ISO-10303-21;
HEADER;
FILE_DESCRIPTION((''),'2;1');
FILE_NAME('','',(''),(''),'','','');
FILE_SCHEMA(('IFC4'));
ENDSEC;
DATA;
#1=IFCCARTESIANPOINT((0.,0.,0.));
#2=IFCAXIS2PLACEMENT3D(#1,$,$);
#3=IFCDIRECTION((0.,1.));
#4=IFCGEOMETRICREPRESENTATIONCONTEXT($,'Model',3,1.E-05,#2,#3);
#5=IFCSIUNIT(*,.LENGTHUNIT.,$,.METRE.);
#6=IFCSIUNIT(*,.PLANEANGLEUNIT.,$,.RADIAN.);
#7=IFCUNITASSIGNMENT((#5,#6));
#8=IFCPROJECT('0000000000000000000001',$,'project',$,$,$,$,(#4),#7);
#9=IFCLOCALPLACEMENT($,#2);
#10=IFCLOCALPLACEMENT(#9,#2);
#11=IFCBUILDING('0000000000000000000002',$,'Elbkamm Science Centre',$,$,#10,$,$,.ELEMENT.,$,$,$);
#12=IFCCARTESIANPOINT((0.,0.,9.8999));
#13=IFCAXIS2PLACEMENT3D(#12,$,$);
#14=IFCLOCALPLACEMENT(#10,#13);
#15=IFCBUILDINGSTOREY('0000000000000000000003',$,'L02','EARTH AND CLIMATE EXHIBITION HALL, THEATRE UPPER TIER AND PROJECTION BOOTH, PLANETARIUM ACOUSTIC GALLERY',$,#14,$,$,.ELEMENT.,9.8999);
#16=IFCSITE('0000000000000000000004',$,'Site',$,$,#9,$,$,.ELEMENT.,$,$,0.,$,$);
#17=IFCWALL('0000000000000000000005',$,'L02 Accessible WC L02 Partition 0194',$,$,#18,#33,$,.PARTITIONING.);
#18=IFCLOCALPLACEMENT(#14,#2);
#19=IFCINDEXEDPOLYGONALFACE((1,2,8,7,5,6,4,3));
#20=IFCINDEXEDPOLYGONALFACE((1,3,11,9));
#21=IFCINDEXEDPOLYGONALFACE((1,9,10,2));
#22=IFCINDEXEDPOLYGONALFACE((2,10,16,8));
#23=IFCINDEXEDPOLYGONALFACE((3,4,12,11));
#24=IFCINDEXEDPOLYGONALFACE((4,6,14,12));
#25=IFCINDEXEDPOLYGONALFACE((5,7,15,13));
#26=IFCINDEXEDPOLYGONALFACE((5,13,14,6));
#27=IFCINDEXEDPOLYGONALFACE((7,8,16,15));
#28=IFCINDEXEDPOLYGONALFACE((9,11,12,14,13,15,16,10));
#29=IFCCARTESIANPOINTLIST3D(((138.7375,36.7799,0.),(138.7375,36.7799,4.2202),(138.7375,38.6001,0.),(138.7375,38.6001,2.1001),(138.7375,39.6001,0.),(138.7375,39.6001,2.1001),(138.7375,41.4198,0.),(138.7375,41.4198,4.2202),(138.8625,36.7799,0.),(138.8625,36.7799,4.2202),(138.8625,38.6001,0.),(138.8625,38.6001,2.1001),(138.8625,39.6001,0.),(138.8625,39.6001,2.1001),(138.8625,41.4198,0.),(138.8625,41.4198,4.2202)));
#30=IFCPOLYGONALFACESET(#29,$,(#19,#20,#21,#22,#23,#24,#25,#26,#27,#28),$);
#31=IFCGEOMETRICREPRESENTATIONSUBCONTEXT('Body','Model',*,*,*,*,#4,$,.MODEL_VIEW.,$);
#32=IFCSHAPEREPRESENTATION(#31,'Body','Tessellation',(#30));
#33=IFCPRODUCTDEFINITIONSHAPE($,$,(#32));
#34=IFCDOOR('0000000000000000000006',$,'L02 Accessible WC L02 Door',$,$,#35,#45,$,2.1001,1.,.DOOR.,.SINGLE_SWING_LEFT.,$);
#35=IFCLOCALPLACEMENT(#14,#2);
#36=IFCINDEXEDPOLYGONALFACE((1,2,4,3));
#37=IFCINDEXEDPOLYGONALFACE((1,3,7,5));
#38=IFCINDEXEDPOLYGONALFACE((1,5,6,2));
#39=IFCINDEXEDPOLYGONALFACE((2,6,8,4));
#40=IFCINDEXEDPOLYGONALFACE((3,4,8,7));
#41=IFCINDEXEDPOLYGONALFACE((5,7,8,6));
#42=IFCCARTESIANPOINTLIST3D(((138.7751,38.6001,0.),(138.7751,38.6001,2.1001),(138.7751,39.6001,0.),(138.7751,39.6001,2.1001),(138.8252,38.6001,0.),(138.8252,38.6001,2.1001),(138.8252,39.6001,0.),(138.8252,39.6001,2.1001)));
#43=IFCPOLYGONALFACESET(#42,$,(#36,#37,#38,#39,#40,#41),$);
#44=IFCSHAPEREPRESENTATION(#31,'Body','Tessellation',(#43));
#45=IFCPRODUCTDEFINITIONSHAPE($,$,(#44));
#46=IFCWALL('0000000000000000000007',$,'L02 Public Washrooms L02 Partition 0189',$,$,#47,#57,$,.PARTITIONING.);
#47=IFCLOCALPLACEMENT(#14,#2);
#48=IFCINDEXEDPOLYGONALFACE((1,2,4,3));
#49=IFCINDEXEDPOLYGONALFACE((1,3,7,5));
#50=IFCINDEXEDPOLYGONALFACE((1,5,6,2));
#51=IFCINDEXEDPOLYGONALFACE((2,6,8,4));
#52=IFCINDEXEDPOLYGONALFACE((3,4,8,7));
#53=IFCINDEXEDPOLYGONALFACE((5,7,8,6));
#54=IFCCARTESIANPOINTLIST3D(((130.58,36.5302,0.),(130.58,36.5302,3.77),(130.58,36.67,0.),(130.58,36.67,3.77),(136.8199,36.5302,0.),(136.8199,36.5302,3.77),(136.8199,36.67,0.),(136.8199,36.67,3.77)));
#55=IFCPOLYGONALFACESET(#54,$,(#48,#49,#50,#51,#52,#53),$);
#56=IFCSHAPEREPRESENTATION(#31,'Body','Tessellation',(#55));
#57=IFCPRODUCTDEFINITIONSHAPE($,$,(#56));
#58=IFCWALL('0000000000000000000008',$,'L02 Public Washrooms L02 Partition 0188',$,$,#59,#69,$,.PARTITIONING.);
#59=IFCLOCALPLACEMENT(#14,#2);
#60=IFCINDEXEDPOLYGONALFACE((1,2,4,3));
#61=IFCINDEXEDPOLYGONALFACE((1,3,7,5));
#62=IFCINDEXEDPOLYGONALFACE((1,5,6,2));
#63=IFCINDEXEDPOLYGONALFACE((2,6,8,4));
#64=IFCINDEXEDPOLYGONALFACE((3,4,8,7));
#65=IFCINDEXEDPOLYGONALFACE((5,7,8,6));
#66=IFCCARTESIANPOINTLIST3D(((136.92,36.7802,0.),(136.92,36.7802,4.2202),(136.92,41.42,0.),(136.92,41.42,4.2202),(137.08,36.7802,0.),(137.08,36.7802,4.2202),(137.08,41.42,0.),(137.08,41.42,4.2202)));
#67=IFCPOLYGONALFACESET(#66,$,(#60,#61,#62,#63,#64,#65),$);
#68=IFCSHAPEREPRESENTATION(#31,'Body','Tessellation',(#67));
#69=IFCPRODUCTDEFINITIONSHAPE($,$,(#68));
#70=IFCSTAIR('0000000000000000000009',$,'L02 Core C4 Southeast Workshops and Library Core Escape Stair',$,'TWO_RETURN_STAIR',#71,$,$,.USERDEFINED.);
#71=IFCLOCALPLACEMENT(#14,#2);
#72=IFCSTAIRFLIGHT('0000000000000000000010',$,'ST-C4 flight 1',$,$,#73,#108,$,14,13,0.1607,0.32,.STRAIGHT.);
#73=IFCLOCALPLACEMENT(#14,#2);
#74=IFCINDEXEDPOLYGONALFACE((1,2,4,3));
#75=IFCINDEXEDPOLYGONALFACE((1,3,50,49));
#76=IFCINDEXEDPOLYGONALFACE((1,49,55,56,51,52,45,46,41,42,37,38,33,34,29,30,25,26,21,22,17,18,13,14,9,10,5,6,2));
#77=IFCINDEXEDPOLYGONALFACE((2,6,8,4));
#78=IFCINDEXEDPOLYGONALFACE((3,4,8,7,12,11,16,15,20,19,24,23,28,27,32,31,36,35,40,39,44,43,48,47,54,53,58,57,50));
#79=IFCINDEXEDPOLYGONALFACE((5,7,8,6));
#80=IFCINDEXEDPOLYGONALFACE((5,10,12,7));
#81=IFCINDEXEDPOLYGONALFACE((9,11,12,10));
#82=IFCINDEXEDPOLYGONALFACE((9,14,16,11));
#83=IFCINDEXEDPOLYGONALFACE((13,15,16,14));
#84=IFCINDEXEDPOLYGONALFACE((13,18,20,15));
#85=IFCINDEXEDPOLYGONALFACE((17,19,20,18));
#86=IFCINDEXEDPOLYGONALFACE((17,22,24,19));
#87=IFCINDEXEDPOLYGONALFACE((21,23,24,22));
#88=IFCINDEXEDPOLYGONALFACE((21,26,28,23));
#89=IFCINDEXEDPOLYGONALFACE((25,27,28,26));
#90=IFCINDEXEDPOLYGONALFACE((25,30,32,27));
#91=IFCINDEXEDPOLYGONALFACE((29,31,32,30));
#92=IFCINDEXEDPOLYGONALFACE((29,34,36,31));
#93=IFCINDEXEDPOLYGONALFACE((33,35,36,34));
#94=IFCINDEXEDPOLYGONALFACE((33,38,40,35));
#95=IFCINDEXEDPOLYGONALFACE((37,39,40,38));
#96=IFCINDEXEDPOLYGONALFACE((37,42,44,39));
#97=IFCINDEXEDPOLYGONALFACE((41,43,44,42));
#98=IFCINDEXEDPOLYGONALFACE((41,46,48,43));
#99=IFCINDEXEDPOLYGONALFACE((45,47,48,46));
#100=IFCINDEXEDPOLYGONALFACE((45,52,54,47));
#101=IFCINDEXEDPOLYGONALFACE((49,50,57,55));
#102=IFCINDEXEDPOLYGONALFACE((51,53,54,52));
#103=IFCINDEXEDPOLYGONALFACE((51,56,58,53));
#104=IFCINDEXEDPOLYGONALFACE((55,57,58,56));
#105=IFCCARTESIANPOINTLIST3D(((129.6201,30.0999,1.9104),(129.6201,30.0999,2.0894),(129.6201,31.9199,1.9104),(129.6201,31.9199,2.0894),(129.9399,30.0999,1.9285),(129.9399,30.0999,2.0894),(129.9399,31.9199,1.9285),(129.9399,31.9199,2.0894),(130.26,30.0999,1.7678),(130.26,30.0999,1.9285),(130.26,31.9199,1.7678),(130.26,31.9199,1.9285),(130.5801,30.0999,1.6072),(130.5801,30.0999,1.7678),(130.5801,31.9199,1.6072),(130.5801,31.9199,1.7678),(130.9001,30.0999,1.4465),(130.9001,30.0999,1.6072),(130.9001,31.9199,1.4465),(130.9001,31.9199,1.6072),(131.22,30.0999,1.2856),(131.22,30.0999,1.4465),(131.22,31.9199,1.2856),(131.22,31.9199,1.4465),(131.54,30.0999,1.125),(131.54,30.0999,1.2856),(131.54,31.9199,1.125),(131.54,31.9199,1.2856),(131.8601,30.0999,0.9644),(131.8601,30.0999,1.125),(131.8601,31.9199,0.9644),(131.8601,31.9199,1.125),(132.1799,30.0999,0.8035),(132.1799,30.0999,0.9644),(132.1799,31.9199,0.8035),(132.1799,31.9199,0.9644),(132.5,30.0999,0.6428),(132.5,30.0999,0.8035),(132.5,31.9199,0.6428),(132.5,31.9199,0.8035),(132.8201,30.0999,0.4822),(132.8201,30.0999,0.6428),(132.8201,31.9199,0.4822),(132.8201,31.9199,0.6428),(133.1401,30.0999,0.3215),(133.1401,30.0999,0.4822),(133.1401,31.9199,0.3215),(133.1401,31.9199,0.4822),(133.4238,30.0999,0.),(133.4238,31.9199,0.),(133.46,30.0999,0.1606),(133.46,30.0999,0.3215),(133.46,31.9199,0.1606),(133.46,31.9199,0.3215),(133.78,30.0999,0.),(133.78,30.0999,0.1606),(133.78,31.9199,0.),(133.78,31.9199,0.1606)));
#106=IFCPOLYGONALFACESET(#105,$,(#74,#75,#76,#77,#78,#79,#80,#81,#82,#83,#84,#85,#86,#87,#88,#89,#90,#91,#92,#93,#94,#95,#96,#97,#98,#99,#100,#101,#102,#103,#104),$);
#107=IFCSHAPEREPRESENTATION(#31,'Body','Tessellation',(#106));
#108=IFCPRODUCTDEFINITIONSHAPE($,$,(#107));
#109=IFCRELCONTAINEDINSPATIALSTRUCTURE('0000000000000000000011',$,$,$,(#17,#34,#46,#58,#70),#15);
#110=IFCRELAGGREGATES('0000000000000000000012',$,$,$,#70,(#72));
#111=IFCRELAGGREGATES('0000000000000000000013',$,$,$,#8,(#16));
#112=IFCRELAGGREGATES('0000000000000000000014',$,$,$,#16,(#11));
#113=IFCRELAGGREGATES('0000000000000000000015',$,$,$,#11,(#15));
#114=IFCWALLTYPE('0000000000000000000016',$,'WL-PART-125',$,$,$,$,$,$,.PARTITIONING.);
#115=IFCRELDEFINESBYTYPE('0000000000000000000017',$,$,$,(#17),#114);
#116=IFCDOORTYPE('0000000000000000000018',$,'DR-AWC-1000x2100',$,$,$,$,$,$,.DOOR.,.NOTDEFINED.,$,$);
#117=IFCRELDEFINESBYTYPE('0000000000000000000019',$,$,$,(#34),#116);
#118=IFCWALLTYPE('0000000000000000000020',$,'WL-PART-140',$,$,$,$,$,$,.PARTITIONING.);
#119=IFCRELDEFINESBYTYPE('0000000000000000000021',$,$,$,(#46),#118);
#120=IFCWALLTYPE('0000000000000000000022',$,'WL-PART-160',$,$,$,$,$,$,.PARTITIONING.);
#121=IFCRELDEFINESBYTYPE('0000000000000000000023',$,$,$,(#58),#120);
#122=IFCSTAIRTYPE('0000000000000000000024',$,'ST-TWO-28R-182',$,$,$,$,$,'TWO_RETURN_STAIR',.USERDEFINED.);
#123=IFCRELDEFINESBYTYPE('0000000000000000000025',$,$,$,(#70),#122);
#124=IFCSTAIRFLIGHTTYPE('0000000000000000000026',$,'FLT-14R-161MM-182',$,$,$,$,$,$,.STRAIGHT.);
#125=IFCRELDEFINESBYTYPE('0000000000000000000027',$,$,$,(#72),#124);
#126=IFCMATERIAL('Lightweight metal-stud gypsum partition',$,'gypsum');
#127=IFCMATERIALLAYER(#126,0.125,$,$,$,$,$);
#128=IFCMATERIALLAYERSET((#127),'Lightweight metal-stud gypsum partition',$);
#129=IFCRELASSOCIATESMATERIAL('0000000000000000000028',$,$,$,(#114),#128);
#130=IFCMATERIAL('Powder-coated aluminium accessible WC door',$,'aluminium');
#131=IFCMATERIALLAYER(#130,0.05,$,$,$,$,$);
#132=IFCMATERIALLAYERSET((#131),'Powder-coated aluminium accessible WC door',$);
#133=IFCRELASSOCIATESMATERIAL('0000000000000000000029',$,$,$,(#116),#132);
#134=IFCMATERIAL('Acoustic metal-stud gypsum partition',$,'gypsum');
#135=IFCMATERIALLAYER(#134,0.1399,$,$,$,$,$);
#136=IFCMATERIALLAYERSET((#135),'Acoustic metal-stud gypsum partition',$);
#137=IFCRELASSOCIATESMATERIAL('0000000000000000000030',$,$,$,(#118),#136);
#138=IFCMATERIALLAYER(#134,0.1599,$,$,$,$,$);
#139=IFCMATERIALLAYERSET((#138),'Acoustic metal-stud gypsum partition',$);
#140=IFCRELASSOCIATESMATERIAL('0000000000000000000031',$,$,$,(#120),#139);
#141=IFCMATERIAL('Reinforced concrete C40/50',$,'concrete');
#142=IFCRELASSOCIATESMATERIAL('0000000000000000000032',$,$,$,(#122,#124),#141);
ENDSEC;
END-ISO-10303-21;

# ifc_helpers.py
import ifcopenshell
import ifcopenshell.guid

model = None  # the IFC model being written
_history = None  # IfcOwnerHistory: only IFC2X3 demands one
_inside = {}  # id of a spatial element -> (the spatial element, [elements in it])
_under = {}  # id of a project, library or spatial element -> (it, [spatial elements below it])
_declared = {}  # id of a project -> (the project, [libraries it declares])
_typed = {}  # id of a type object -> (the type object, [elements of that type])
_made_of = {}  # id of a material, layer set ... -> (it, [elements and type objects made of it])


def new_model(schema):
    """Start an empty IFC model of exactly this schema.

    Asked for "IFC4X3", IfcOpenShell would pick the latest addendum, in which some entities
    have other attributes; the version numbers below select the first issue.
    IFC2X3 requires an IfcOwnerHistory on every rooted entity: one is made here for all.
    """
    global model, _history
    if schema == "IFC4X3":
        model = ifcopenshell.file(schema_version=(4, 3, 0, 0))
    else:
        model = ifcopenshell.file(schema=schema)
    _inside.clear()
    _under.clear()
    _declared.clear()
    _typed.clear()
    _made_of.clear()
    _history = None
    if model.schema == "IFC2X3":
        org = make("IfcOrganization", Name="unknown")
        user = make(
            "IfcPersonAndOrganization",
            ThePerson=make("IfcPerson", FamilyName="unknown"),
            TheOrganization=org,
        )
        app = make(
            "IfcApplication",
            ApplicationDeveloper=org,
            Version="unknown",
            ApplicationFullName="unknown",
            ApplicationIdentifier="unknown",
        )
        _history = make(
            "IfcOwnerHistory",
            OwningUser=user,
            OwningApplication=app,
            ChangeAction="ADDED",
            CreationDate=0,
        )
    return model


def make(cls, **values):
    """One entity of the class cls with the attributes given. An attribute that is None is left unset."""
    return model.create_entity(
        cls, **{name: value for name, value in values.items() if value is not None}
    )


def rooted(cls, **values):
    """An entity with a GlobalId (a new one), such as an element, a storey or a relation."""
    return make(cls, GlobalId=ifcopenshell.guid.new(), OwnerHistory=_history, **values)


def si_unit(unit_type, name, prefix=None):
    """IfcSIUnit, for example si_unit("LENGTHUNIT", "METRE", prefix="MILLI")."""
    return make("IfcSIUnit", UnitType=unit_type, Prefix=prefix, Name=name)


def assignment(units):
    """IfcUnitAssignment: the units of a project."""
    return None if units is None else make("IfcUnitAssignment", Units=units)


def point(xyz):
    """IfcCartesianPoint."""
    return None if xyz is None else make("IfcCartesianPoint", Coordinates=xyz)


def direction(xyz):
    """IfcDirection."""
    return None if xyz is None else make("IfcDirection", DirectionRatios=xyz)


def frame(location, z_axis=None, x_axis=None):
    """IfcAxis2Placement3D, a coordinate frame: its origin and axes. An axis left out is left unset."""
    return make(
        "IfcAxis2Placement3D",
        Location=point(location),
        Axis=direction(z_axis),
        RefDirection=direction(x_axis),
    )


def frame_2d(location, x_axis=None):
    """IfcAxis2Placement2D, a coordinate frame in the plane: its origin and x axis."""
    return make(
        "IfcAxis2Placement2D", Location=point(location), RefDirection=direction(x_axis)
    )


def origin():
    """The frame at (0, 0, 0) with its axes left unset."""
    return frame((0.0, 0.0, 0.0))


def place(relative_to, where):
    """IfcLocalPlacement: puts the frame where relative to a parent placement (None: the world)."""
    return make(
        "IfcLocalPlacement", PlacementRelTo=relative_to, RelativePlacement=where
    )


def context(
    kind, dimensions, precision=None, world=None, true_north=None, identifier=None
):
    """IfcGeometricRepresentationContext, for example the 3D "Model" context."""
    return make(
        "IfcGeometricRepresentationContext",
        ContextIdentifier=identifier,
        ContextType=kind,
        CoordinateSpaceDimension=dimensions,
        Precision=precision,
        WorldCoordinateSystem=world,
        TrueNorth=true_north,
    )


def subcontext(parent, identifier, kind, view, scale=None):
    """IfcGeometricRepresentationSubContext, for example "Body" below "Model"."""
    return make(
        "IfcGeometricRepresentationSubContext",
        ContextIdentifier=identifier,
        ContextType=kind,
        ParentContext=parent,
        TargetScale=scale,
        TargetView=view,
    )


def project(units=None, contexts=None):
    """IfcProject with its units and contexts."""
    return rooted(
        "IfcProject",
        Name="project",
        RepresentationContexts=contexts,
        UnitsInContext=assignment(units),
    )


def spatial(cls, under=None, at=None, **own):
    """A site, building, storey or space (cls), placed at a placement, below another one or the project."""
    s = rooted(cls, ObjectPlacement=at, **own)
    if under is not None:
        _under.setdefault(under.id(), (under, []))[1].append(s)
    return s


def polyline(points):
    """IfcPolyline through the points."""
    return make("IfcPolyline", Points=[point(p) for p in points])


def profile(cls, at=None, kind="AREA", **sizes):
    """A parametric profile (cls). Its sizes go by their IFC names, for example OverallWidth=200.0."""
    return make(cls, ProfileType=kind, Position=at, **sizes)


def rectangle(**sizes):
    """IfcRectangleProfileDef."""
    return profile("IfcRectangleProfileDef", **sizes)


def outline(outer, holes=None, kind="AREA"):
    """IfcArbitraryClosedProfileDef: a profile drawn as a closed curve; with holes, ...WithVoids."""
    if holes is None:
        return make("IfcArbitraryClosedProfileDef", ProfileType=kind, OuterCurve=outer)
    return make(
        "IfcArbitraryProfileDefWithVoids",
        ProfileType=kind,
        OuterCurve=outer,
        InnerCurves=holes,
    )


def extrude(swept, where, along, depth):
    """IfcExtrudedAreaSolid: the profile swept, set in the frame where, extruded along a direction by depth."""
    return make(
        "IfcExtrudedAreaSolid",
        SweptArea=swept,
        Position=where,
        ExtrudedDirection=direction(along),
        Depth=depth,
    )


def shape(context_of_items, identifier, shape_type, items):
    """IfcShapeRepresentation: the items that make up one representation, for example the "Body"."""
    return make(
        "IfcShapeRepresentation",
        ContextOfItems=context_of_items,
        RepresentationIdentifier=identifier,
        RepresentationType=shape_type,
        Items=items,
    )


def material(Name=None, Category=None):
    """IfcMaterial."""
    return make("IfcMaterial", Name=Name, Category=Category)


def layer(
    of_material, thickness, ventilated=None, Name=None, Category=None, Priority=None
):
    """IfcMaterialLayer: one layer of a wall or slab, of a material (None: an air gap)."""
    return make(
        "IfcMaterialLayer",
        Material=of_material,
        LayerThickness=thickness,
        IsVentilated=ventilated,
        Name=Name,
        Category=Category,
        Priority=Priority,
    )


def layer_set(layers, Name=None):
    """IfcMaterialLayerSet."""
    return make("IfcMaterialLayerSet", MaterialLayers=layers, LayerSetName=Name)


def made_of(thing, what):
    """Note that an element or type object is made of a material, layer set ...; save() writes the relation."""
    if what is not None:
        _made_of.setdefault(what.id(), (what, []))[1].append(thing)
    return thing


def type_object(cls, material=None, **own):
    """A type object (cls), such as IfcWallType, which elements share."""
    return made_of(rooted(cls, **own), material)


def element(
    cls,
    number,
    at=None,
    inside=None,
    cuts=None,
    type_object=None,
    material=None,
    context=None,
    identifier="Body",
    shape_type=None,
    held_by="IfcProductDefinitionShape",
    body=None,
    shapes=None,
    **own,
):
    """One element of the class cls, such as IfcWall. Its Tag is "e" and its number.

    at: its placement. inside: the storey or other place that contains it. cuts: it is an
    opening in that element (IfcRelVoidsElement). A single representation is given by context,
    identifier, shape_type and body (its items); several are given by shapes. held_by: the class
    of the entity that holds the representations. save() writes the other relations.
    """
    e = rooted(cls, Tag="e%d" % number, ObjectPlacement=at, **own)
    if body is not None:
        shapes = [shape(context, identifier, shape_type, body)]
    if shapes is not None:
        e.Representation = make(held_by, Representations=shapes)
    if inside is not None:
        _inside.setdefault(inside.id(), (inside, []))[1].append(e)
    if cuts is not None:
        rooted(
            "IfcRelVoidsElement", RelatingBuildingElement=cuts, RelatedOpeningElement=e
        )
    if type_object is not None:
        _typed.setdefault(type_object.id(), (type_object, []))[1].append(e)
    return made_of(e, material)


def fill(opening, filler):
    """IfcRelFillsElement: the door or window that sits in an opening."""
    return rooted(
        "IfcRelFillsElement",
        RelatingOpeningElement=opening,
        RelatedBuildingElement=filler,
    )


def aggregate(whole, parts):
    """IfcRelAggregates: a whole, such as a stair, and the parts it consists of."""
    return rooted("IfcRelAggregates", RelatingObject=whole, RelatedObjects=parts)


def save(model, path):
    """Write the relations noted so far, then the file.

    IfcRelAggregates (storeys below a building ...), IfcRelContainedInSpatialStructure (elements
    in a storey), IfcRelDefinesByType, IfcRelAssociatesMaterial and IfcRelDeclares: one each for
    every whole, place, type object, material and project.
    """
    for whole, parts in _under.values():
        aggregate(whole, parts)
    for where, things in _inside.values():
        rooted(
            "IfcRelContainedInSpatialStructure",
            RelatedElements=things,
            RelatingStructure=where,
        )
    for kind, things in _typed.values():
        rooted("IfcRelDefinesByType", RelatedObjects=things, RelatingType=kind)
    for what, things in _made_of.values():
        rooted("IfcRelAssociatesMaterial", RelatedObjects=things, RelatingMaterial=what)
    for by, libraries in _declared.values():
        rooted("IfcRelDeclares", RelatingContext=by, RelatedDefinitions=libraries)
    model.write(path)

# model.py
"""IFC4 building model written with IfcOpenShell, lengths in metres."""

from ifc_helpers import new_model, si_unit, direction, frame, frame_2d, origin, place, context, subcontext, project, spatial, polyline, rectangle, outline, extrude, material, layer, layer_set, type_object, element, fill, aggregate, save


model = new_model("IFC4")

# Units and contexts
model_context = context("Model", 3, precision=1e-05, world=origin(), true_north=direction((0.0, 1.0)))
body_context = subcontext(model_context, "Body", "Model", "MODEL_VIEW")
ifc_project = project(units=[si_unit("LENGTHUNIT", "METRE"), si_unit("PLANEANGLEUNIT", "RADIAN")], contexts=[model_context])

# Site, building, storey
site_placement = place(None, origin())
site = spatial("IfcSite", under=ifc_project, at=site_placement, Name="Site", CompositionType="ELEMENT", RefElevation=0.0)
building_placement = place(site_placement, origin())
building = spatial("IfcBuilding", under=site, at=building_placement, Name="Elbkamm Science Centre", CompositionType="ELEMENT")
storey_placement = place(building_placement, frame((0.0, 0.0, 9.8999)))
storey = spatial("IfcBuildingStorey", under=building, at=storey_placement, Name="L02", Description="EARTH AND CLIMATE EXHIBITION HALL, THEATRE UPPER TIER AND PROJECTION BOOTH, PLANETARIUM ACOUSTIC GALLERY", CompositionType="ELEMENT", Elevation=9.8999)

# Shared definitions
ifc_material_1 = material(Name="Reinforced concrete C40/50", Category="concrete")

# Shared definitions
ifc_material_2 = material(Name="Lightweight metal-stud gypsum partition", Category="gypsum")
ifc_layer_1 = layer(ifc_material_2, 0.125)
ifc_layer_set_1 = layer_set([ifc_layer_1], Name="Lightweight metal-stud gypsum partition")
wall_type_1 = type_object("IfcWallType", Name="WL-PART-125", PredefinedType="PARTITIONING", material=ifc_layer_set_1)

# Wall, opening, door
wall_1_placement = place(storey_placement, frame((138.8, 36.78, 0.0), z_axis=(0.0, 0.0, 1.0), x_axis=(0.0, 1.0, 0.0)))
wall_1 = element("IfcWall", 1, at=wall_1_placement, inside=storey, type_object=wall_type_1, Name="L02 Accessible WC L02 Partition 0194", PredefinedType="PARTITIONING", context=body_context, shape_type="SweptSolid", body=[
    extrude(rectangle(XDim=4.6399, YDim=0.125, at=frame_2d((2.3198, 0.0))), origin(), (0.0, 0.0, 1.0), 4.2202),
])
opening_1_placement = place(wall_1_placement, frame((1.8201, 0.0, 0.0)))
opening_1 = element("IfcOpeningElement", 2, at=opening_1_placement, cuts=wall_1, PredefinedType="OPENING", context=body_context, shape_type="SweptSolid", body=[
    extrude(rectangle(XDim=1.0, YDim=2.1001, at=frame_2d((0.5, 1.05))), frame((0.0, 0.0745, 0.0), z_axis=(0.0, -1.0, 0.0), x_axis=(1.0, 0.0, 0.0)), (0.0, 0.0, 1.0), 0.1489),
])
ifc_material_3 = material(Name="Powder-coated aluminium accessible WC door", Category="aluminium")
ifc_layer_2 = layer(ifc_material_3, 0.05)
ifc_layer_set_2 = layer_set([ifc_layer_2], Name="Powder-coated aluminium accessible WC door")
door_type_1 = type_object("IfcDoorType", Name="DR-AWC-1000x2100", OperationType="NOTDEFINED", PredefinedType="DOOR", material=ifc_layer_set_2)
door_1_placement = place(opening_1_placement, origin())
door_1 = element("IfcDoor", 3, at=door_1_placement, inside=storey, type_object=door_type_1, Name="L02 Accessible WC L02 Door", OperationType="SINGLE_SWING_LEFT", OverallHeight=2.1001, OverallWidth=1.0, PredefinedType="DOOR", context=body_context, shape_type="SweptSolid", body=[
    extrude(rectangle(XDim=1.0, YDim=2.1001, at=frame_2d((0.5, 1.05))), frame((0.0, 0.0249, 0.0), z_axis=(0.0, -1.0, 0.0), x_axis=(1.0, 0.0, 0.0)), (0.0, 0.0, 1.0), 0.05),
])
fill(opening_1, door_1)

# Walls
ifc_material_4 = material(Name="Acoustic metal-stud gypsum partition", Category="gypsum")
ifc_layer_3 = layer(ifc_material_4, 0.1399)
ifc_layer_set_3 = layer_set([ifc_layer_3], Name="Acoustic metal-stud gypsum partition")
wall_type_2 = type_object("IfcWallType", Name="WL-PART-140", PredefinedType="PARTITIONING", material=ifc_layer_set_3)
wall_2_placement = place(storey_placement, frame((136.8201, 36.6001, 0.0), z_axis=(0.0, 0.0, 1.0), x_axis=(-1.0, 0.0, 0.0)))
element("IfcWall", 4, at=wall_2_placement, inside=storey, type_object=wall_type_2, Name="L02 Public Washrooms L02 Partition 0189", PredefinedType="PARTITIONING", context=body_context, shape_type="SweptSolid", body=[
    extrude(rectangle(XDim=6.24, YDim=0.1399, at=frame_2d((3.1201, 0.0))), origin(), (0.0, 0.0, 1.0), 3.77),
])
ifc_layer_4 = layer(ifc_material_4, 0.1599)
ifc_layer_set_4 = layer_set([ifc_layer_4], Name="Acoustic metal-stud gypsum partition")
wall_type_3 = type_object("IfcWallType", Name="WL-PART-160", PredefinedType="PARTITIONING", material=ifc_layer_set_4)
wall_3_placement = place(storey_placement, frame((137.0, 41.4199, 0.0), z_axis=(0.0, 0.0, 1.0), x_axis=(0.0, -1.0, 0.0)))
element("IfcWall", 5, at=wall_3_placement, inside=storey, type_object=wall_type_3, Name="L02 Public Washrooms L02 Partition 0188", PredefinedType="PARTITIONING", context=body_context, shape_type="SweptSolid", body=[
    extrude(rectangle(XDim=4.6399, YDim=0.1599, at=frame_2d((2.3198, 0.0))), origin(), (0.0, 0.0, 1.0), 4.2202),
])

# Stair, stair flight
stair_type = type_object("IfcStairType", Name="ST-TWO-28R-182", ElementType="TWO_RETURN_STAIR", PredefinedType="USERDEFINED", material=ifc_material_1)
stair_placement = place(storey_placement, origin())
stair = element("IfcStair", 6, at=stair_placement, inside=storey, type_object=stair_type, Name="L02 Core C4 Southeast Workshops and Library Core Escape Stair", ObjectType="TWO_RETURN_STAIR", PredefinedType="USERDEFINED")
stair_flight_type = type_object("IfcStairFlightType", Name="FLT-14R-161MM-182", PredefinedType="STRAIGHT", material=ifc_material_1)
stair_flight_placement = place(storey_placement, frame((133.78, 31.01, 0.0), z_axis=(0.0, 0.0, 1.0), x_axis=(-1.0, 0.0, 0.0)))
stair_flight = element("IfcStairFlight", 7, at=stair_flight_placement, type_object=stair_flight_type, Name="ST-C4 flight 1", NumberOfRisers=14, NumberOfTreads=13, PredefinedType="STRAIGHT", RiserHeight=0.1607, TreadLength=0.32, context=body_context, shape_type="SweptSolid", body=[
    extrude(outline(polyline([(0.0, 0.0), (0.0, 0.1606), (0.3201, 0.1606), (0.3201, 0.3215), (0.6399, 0.3215), (0.6399, 0.4822), (0.96, 0.4822), (0.96, 0.6428), (1.28, 0.6428), (1.28, 0.8035), (1.6001, 0.8035), (1.6001, 0.9644), (1.9199, 0.9644), (1.9199, 1.125), (2.24, 1.125), (2.24, 1.2856), (2.5601, 1.2856), (2.5601, 1.4465), (2.8799, 1.4465), (2.8799, 1.6072), (3.2, 1.6072), (3.2, 1.7678), (3.52, 1.7678), (3.52, 1.9285), (3.8401, 1.9285), (3.8401, 2.0894), (4.1599, 2.0894), (4.1599, 2.25), (4.1599, 1.9104), (0.3562, 0.0), (0.0, 0.0)])), frame((0.0, 0.9102, 0.0), z_axis=(0.0, -1.0, 0.0), x_axis=(1.0, 0.0, 0.0)), (0.0, 0.0, 1.0), 1.8201),
])
aggregate(stair, [stair_flight])

save(model, "model.ifc")
